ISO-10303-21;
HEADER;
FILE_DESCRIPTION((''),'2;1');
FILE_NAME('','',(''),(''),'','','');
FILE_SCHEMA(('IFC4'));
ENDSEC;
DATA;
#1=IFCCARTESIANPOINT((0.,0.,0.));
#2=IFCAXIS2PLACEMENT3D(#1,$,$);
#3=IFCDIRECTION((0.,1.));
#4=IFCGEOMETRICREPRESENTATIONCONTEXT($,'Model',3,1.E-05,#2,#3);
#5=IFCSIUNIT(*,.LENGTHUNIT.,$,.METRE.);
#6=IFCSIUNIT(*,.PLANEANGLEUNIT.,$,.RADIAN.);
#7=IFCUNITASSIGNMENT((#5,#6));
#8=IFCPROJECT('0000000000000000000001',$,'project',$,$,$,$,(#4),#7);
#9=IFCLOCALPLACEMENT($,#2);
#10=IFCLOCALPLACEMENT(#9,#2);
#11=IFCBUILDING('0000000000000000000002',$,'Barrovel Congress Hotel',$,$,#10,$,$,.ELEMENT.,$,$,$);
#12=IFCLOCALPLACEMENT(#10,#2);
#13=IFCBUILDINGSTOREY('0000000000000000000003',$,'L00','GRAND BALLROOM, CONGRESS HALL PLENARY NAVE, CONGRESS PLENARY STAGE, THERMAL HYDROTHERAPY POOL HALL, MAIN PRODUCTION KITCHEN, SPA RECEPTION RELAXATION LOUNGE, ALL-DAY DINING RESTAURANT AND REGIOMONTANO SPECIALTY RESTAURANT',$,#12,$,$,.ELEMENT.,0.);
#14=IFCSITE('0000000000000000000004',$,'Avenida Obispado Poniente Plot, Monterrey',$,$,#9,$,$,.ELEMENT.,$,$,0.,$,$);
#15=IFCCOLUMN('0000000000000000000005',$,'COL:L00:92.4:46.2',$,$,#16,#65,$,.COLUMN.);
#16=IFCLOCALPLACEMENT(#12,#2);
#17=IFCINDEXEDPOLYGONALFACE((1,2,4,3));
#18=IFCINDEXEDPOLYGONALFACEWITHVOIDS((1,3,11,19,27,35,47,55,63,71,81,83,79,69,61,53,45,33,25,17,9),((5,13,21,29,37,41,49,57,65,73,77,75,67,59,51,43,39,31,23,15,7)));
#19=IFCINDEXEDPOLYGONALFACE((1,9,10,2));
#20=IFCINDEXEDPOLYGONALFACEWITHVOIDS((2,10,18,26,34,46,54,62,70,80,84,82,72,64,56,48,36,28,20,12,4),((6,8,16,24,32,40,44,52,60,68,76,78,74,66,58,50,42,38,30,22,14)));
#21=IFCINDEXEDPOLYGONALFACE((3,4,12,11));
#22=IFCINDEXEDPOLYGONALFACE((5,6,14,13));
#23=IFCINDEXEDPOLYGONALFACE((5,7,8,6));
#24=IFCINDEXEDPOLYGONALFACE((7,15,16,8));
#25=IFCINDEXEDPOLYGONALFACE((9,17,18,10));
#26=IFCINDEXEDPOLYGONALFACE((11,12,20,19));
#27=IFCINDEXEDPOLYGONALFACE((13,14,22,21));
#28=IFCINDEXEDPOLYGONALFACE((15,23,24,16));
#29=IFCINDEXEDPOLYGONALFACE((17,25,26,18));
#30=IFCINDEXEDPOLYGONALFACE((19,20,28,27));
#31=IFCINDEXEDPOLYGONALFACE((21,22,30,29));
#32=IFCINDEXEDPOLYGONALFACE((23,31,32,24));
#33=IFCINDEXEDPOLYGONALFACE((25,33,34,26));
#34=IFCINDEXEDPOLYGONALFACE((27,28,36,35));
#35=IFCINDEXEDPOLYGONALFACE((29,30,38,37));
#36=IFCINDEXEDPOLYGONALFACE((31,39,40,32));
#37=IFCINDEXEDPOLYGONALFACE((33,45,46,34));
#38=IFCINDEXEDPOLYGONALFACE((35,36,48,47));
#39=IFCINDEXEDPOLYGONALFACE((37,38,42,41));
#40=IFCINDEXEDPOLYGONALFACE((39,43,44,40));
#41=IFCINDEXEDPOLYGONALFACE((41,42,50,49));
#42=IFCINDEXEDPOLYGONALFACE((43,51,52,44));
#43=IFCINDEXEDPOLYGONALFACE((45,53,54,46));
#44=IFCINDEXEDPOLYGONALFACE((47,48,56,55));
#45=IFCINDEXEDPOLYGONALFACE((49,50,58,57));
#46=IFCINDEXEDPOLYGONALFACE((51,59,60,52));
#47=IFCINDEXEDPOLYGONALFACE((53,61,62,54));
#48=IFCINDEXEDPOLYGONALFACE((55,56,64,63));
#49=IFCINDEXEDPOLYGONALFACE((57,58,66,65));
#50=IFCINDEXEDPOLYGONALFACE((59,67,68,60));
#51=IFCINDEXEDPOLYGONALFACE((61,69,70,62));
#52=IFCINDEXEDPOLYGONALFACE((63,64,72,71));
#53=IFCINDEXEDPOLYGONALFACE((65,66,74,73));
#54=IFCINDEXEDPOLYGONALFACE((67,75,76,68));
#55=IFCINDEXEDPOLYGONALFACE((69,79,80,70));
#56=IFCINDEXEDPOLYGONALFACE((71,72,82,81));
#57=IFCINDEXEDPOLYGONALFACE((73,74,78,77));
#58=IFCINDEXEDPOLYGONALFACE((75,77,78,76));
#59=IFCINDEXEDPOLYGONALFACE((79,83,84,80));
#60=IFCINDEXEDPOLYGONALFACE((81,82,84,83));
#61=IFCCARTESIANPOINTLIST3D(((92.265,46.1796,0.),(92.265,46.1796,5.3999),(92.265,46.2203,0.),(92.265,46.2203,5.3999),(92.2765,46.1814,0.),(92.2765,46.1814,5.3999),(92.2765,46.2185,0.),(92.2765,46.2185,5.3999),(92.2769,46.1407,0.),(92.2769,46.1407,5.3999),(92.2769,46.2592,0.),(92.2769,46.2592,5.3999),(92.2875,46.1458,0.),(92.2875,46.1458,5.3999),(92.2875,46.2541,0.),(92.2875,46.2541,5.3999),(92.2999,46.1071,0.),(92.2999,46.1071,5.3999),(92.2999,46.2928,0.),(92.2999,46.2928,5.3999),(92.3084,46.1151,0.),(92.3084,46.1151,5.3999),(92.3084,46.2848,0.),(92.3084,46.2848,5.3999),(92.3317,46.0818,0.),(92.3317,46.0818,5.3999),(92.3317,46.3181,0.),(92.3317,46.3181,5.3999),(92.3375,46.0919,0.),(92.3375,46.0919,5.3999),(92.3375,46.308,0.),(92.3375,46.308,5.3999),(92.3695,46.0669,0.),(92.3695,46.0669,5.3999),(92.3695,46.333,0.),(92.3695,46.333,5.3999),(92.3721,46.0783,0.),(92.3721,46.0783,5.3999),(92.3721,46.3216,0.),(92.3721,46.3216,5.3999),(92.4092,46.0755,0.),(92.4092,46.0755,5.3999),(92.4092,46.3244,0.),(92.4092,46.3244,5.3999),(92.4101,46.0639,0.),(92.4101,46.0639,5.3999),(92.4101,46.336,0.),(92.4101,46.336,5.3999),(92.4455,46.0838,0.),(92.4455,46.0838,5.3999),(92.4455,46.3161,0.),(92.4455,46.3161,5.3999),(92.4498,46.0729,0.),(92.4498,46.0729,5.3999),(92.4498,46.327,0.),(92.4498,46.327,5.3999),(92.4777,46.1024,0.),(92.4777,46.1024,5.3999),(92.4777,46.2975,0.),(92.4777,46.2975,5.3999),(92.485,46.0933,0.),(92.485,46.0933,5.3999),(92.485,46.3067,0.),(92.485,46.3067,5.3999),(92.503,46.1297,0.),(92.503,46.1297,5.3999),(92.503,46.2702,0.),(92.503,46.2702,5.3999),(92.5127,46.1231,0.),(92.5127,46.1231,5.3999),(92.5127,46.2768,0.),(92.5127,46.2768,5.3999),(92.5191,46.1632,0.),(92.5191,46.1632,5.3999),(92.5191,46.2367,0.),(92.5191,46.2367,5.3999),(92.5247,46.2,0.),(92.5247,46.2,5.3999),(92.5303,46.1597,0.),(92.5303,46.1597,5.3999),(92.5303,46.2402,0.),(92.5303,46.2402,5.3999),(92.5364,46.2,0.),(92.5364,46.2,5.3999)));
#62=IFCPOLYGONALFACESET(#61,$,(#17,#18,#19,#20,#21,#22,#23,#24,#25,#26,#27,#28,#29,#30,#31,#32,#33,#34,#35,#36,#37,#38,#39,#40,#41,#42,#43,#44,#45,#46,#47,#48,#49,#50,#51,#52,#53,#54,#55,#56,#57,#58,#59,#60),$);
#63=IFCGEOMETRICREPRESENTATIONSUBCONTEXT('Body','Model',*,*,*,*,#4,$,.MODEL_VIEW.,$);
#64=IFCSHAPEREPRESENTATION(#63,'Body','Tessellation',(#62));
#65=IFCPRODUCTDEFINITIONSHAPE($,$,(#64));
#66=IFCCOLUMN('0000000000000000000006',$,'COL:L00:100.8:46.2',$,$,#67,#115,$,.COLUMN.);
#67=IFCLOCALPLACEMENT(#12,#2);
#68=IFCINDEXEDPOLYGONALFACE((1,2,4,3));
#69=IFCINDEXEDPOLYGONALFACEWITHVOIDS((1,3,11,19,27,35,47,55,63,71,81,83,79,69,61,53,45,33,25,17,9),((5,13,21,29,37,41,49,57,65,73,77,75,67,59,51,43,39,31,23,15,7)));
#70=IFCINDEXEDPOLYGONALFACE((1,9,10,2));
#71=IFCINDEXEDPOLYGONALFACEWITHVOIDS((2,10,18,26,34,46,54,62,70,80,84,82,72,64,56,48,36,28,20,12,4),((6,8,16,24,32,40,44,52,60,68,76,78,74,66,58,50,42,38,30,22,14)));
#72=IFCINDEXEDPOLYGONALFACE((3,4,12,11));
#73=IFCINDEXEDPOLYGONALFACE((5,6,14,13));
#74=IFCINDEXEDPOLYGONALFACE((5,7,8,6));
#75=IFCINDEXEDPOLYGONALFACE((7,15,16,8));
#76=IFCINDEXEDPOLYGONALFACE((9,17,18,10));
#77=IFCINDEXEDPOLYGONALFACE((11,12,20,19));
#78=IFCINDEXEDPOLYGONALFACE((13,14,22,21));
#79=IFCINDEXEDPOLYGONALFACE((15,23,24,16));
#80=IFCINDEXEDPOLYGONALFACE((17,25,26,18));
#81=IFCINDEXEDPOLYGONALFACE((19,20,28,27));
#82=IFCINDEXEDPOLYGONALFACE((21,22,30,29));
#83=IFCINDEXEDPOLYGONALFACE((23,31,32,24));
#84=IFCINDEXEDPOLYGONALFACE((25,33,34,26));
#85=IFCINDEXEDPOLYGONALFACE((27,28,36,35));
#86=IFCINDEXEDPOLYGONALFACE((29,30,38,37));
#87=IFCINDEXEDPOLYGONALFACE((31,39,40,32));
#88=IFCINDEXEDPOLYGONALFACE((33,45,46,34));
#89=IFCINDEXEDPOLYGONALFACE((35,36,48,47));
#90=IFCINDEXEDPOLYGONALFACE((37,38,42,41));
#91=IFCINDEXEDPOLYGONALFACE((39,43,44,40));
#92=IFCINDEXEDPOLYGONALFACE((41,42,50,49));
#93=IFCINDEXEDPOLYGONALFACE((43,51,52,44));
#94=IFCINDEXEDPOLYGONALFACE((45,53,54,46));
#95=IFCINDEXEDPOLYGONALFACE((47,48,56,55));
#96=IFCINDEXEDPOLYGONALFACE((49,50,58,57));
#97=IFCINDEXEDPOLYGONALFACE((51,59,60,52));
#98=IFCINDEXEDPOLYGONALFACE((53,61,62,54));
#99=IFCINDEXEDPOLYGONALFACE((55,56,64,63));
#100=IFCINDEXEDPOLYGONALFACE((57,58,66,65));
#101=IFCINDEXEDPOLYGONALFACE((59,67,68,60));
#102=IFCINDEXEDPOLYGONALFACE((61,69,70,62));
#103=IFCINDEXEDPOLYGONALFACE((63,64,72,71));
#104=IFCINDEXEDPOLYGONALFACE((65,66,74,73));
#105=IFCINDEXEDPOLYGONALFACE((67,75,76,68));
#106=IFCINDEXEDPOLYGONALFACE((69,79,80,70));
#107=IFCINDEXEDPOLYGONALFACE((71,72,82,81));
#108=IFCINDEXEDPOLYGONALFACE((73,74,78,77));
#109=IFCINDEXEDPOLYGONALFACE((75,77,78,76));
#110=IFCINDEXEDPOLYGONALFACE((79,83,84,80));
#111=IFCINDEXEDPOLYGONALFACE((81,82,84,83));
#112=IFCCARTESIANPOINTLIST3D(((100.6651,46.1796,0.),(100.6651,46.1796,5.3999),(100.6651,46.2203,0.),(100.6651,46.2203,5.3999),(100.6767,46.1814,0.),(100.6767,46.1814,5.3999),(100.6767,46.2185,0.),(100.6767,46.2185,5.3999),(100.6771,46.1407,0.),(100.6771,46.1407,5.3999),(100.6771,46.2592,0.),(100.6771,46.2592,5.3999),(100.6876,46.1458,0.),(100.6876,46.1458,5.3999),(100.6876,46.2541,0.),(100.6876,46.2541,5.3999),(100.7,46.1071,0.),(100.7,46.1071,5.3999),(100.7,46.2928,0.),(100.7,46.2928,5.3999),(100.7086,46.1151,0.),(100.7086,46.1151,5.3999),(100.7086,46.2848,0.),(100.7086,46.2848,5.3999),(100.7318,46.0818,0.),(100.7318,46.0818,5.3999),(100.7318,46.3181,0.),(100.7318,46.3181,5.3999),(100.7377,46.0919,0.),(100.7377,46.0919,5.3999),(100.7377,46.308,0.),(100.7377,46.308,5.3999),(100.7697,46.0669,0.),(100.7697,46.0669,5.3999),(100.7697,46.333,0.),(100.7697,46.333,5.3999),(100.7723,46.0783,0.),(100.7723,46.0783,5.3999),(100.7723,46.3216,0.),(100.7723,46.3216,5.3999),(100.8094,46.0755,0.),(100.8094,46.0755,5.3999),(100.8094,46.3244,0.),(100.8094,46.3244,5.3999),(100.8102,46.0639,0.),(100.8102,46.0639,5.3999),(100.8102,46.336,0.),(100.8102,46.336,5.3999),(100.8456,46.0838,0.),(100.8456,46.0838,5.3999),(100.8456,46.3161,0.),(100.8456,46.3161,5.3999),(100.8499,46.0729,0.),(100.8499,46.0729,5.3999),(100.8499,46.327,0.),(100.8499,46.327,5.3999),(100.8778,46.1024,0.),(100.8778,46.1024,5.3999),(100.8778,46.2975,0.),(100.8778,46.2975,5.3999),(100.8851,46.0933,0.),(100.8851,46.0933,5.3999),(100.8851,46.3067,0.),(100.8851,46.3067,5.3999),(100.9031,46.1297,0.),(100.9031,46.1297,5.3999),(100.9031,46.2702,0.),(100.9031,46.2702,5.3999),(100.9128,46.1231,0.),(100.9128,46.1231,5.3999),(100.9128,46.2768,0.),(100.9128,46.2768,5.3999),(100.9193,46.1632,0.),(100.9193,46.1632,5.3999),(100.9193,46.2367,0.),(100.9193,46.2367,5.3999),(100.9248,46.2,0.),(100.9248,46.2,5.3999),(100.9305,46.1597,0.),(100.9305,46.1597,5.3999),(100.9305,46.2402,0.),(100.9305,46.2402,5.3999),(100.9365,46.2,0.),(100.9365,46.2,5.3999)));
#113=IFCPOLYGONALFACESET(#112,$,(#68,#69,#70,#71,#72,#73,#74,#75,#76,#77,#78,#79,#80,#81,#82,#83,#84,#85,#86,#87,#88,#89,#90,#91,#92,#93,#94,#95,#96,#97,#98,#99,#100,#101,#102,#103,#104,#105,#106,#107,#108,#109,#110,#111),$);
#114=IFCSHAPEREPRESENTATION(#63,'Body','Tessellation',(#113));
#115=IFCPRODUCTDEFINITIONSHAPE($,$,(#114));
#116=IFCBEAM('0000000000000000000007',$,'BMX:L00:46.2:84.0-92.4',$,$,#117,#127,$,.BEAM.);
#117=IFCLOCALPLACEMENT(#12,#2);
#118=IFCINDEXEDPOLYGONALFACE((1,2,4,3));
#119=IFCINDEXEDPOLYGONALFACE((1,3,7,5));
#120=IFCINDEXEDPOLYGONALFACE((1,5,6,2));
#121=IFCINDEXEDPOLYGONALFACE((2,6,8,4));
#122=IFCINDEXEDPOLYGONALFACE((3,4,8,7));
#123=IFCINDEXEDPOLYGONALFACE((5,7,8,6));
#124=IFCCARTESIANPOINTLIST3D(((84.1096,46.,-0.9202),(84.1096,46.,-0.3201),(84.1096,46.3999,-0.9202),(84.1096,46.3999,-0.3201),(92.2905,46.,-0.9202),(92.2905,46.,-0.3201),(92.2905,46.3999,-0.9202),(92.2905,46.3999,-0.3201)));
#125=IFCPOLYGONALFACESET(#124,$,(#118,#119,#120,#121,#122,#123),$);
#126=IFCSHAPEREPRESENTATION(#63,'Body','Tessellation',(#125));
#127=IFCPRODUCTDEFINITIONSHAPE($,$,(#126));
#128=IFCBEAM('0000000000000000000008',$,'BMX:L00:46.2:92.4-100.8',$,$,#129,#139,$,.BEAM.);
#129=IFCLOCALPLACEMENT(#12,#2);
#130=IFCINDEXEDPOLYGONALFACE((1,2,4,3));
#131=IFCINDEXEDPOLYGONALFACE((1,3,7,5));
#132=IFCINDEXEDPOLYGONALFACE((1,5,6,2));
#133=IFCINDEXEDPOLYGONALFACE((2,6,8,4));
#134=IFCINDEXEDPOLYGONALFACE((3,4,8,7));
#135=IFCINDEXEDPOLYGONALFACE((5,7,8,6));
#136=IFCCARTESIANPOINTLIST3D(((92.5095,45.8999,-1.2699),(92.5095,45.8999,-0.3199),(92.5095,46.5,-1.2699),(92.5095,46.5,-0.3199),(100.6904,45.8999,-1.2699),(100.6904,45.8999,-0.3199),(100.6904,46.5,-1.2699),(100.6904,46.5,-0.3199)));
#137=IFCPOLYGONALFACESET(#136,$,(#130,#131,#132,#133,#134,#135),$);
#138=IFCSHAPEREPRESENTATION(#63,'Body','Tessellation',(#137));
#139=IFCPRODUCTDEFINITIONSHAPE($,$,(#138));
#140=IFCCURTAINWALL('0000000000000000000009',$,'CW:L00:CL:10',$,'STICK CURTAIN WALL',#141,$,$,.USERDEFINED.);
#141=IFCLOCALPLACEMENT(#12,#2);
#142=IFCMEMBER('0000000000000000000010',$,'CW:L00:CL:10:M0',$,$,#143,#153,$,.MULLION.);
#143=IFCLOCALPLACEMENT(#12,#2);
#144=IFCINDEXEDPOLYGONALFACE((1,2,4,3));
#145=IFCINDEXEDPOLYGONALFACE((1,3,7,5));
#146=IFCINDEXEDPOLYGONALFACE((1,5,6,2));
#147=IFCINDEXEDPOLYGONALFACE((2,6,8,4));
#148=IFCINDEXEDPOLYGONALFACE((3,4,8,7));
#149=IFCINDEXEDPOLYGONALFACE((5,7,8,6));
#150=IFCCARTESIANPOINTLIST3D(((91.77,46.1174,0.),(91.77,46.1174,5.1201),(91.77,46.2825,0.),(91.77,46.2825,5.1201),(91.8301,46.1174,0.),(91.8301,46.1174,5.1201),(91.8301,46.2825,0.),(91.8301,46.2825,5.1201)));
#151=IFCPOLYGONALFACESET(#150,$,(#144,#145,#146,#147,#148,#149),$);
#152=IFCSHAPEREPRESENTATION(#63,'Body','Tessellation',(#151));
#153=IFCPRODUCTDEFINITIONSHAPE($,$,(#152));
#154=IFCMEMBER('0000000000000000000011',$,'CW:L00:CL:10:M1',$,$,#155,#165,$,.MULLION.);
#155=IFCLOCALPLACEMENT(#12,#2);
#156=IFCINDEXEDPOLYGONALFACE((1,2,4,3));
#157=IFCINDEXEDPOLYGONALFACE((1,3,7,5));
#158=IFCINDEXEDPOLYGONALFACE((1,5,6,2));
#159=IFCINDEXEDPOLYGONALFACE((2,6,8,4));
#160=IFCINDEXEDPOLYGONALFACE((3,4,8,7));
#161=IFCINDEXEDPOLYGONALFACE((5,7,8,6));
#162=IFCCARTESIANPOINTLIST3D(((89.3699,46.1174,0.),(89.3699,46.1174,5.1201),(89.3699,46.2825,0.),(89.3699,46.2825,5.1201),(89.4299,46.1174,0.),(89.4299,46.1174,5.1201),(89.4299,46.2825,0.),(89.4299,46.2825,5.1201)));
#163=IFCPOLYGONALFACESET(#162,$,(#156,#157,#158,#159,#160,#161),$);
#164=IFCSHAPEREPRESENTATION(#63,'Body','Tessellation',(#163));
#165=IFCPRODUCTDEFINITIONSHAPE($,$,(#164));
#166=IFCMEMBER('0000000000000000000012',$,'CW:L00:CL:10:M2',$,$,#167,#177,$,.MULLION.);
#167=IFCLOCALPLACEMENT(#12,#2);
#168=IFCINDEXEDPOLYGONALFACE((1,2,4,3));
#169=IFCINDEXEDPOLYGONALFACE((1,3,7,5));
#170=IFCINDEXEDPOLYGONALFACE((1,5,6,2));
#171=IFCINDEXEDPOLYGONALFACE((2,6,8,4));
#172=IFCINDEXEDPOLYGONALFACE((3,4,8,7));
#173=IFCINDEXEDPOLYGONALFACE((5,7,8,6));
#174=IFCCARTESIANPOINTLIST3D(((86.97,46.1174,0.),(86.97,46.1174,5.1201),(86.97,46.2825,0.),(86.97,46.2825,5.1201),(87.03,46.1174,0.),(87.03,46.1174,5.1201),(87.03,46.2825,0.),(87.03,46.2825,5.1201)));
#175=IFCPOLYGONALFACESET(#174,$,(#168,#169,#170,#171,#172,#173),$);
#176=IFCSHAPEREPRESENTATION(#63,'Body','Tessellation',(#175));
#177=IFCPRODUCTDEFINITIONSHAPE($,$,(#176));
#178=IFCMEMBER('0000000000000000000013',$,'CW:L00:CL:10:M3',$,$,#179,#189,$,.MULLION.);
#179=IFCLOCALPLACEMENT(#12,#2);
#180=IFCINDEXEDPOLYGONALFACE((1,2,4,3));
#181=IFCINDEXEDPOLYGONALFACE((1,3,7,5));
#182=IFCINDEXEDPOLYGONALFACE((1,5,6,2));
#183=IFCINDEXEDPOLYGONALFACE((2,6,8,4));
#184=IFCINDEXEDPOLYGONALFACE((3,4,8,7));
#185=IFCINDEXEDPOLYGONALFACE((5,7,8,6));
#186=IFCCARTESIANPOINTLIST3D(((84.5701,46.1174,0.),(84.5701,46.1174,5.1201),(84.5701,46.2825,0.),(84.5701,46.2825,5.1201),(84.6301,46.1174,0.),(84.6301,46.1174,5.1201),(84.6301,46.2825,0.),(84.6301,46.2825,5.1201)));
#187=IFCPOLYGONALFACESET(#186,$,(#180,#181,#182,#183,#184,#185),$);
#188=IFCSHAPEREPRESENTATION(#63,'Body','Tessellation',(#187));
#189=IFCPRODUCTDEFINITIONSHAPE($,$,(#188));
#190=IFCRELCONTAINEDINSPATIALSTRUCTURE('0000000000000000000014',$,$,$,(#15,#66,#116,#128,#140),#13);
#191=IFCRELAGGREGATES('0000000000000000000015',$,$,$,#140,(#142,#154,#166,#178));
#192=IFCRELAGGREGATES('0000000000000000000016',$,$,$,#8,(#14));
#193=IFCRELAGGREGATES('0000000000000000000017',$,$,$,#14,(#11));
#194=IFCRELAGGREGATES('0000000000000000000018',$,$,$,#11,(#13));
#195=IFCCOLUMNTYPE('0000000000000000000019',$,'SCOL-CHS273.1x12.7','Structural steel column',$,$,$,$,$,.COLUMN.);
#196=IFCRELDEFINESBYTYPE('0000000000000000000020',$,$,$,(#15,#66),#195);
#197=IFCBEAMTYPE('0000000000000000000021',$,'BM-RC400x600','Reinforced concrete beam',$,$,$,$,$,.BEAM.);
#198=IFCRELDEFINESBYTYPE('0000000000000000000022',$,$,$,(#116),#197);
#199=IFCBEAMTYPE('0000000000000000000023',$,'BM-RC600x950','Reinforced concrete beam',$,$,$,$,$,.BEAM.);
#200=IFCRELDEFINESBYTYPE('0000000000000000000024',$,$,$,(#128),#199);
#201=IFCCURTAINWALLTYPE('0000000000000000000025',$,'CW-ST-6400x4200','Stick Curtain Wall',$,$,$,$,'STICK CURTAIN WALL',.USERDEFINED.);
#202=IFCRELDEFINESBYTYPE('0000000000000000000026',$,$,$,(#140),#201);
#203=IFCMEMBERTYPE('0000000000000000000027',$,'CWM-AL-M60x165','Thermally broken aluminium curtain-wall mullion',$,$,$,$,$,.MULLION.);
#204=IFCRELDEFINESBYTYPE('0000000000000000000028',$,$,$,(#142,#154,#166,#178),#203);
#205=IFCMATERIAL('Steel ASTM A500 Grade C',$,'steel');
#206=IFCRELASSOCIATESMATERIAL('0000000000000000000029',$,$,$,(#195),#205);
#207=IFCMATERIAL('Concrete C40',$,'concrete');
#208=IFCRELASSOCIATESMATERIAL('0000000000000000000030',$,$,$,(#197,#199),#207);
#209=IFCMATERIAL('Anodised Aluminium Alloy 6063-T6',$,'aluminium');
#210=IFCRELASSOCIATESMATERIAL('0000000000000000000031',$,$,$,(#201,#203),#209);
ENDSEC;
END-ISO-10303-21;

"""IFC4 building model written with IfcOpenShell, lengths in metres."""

from ifc_helpers import new_model, si_unit, direction, frame, origin, origin_2d, place, context, subcontext, project, spatial, rectangle, hollow_circle, extrude, material, material_profile, profile_set, type_object, element, aggregate, save


model = new_model("IFC4")

# Units and contexts
model_context = context("Model", 3, precision=1e-05, world=origin(), true_north=direction((0.0, 1.0)))
body_context = subcontext(model_context, "Body", "Model", "MODEL_VIEW")
ifc_project = project(units=[si_unit("LENGTHUNIT", "METRE"), si_unit("PLANEANGLEUNIT", "RADIAN")], contexts=[model_context])

# Site, building, storey
site_placement = place(None, origin())
site = spatial("IfcSite", under=ifc_project, at=site_placement, Name="Avenida Obispado Poniente Plot, Monterrey", CompositionType="ELEMENT", RefElevation=0.0)
building_placement = place(site_placement, origin())
building = spatial("IfcBuilding", under=site, at=building_placement, Name="Barrovel Congress Hotel", CompositionType="ELEMENT")
storey_placement = place(building_placement, origin())
storey = spatial("IfcBuildingStorey", under=building, at=storey_placement, Name="L00", Description="GRAND BALLROOM, CONGRESS HALL PLENARY NAVE, CONGRESS PLENARY STAGE, THERMAL HYDROTHERAPY POOL HALL, MAIN PRODUCTION KITCHEN, SPA RECEPTION RELAXATION LOUNGE, ALL-DAY DINING RESTAURANT AND REGIOMONTANO SPECIALTY RESTAURANT", CompositionType="ELEMENT", Elevation=0.0)

# Shared definitions
ifc_material_1 = material(Name="Concrete C40", Category="concrete")

# Columns
ifc_material_2 = material(Name="Steel ASTM A500 Grade C", Category="steel")
ifc_material_profile_1 = material_profile(ifc_material_2, hollow_circle(Radius=0.1365, WallThickness=0.0117, at=origin_2d()), Name="CHS273.1x12.7")
ifc_profile_set_1 = profile_set([ifc_material_profile_1], Name="Steel ASTM A500 Grade C")
column_type = type_object("IfcColumnType", Name="SCOL-CHS273.1x12.7", Description="Structural steel column", PredefinedType="COLUMN", material=ifc_profile_set_1)
for number, where, z_axis, x_axis, name in (
    (1, (92.3999, 46.2, 0.0), (0.0, 0.0, 1.0), (1.0, 0.0, 0.0), "COL:L00:92.4:46.2"),
    (2, (100.8, 46.2, 0.0), (0.0, 0.0, 1.0), (1.0, 0.0, 0.0), "COL:L00:100.8:46.2"),
):
    element("IfcColumn", number, at=place(storey_placement, frame(where, z_axis=z_axis, x_axis=x_axis)), inside=storey, type_object=column_type, Name=name, PredefinedType="COLUMN", context=body_context, shape_type="SweptSolid", body=[
        extrude(hollow_circle(Radius=0.1365, WallThickness=0.0117, at=origin_2d()), origin(), (0.0, 0.0, 1.0), 5.3999),
    ])

# Beams
ifc_material_profile_2 = material_profile(ifc_material_1, rectangle(XDim=0.3999, YDim=0.6001, at=origin_2d()), Name="RC400x600")
ifc_profile_set_2 = profile_set([ifc_material_profile_2], Name="Concrete C40")
beam_type_1 = type_object("IfcBeamType", Name="BM-RC400x600", Description="Reinforced concrete beam", PredefinedType="BEAM", material=ifc_profile_set_2)
beam_1_placement = place(storey_placement, frame((84.1096, 46.2, -0.6201), z_axis=(1.0, 0.0, 0.0), x_axis=(0.0, 1.0, 0.0)))
element("IfcBeam", 3, at=beam_1_placement, inside=storey, type_object=beam_type_1, Name="BMX:L00:46.2:84.0-92.4", PredefinedType="BEAM", context=body_context, shape_type="SweptSolid", body=[
    extrude(rectangle(XDim=0.3999, YDim=0.6001, at=origin_2d()), origin(), (0.0, 0.0, 1.0), 8.1809),
])
ifc_material_profile_3 = material_profile(ifc_material_1, rectangle(XDim=0.6001, YDim=0.95, at=origin_2d()), Name="RC600x950")
ifc_profile_set_3 = profile_set([ifc_material_profile_3], Name="Concrete C40")
beam_type_2 = type_object("IfcBeamType", Name="BM-RC600x950", Description="Reinforced concrete beam", PredefinedType="BEAM", material=ifc_profile_set_3)
beam_2_placement = place(storey_placement, frame((92.5095, 46.2, -0.7949), z_axis=(1.0, 0.0, 0.0), x_axis=(0.0, 1.0, 0.0)))
element("IfcBeam", 4, at=beam_2_placement, inside=storey, type_object=beam_type_2, Name="BMX:L00:46.2:92.4-100.8", PredefinedType="BEAM", context=body_context, shape_type="SweptSolid", body=[
    extrude(rectangle(XDim=0.6001, YDim=0.95, at=origin_2d()), origin(), (0.0, 0.0, 1.0), 8.1809),
])

# Curtain wall, members
ifc_material_3 = material(Name="Anodised Aluminium Alloy 6063-T6", Category="aluminium")
curtain_wall_type = type_object("IfcCurtainWallType", Name="CW-ST-6400x4200", Description="Stick Curtain Wall", ElementType="STICK CURTAIN WALL", PredefinedType="USERDEFINED", material=ifc_material_3)
curtain_wall_1_placement = place(storey_placement, origin())
curtain_wall_1 = element("IfcCurtainWall", 5, at=curtain_wall_1_placement, inside=storey, type_object=curtain_wall_type, Name="CW:L00:CL:10", ObjectType="STICK CURTAIN WALL", PredefinedType="USERDEFINED")
ifc_material_profile_4 = material_profile(ifc_material_3, rectangle(XDim=0.0601, YDim=0.165, at=origin_2d()), Name="AL-M60x165")
ifc_profile_set_4 = profile_set([ifc_material_profile_4], Name="Anodised Aluminium Alloy 6063-T6")
member_type_1 = type_object("IfcMemberType", Name="CWM-AL-M60x165", Description="Thermally broken aluminium curtain-wall mullion", PredefinedType="MULLION", material=ifc_profile_set_4)
member_1_placement = place(storey_placement, frame((91.8, 46.2, 0.0), z_axis=(0.0, 0.0, 1.0), x_axis=(1.0, 0.0, 0.0)))
member_1 = element("IfcMember", 6, at=member_1_placement, type_object=member_type_1, Name="CW:L00:CL:10:M0", PredefinedType="MULLION", context=body_context, shape_type="SweptSolid", body=[
    extrude(rectangle(XDim=0.0601, YDim=0.165, at=origin_2d()), origin(), (0.0, 0.0, 1.0), 5.1201),
])
member_2_placement = place(storey_placement, frame((89.3999, 46.2, 0.0), z_axis=(0.0, 0.0, 1.0), x_axis=(1.0, 0.0, 0.0)))
member_2 = element("IfcMember", 7, at=member_2_placement, type_object=member_type_1, Name="CW:L00:CL:10:M1", PredefinedType="MULLION", context=body_context, shape_type="SweptSolid", body=[
    extrude(rectangle(XDim=0.0601, YDim=0.165, at=origin_2d()), origin(), (0.0, 0.0, 1.0), 5.1201),
])
member_3_placement = place(storey_placement, frame((87.0, 46.2, 0.0), z_axis=(0.0, 0.0, 1.0), x_axis=(1.0, 0.0, 0.0)))
member_3 = element("IfcMember", 8, at=member_3_placement, type_object=member_type_1, Name="CW:L00:CL:10:M2", PredefinedType="MULLION", context=body_context, shape_type="SweptSolid", body=[
    extrude(rectangle(XDim=0.0601, YDim=0.165, at=origin_2d()), origin(), (0.0, 0.0, 1.0), 5.1201),
])
member_4_placement = place(storey_placement, frame((84.6001, 46.2, 0.0), z_axis=(0.0, 0.0, 1.0), x_axis=(1.0, 0.0, 0.0)))
member_4 = element("IfcMember", 9, at=member_4_placement, type_object=member_type_1, Name="CW:L00:CL:10:M3", PredefinedType="MULLION", context=body_context, shape_type="SweptSolid", body=[
    extrude(rectangle(XDim=0.0601, YDim=0.165, at=origin_2d()), origin(), (0.0, 0.0, 1.0), 5.1201),
])

aggregate(curtain_wall_1, [member_1, member_2, member_3, member_4])

save(model, "model.ifc")
